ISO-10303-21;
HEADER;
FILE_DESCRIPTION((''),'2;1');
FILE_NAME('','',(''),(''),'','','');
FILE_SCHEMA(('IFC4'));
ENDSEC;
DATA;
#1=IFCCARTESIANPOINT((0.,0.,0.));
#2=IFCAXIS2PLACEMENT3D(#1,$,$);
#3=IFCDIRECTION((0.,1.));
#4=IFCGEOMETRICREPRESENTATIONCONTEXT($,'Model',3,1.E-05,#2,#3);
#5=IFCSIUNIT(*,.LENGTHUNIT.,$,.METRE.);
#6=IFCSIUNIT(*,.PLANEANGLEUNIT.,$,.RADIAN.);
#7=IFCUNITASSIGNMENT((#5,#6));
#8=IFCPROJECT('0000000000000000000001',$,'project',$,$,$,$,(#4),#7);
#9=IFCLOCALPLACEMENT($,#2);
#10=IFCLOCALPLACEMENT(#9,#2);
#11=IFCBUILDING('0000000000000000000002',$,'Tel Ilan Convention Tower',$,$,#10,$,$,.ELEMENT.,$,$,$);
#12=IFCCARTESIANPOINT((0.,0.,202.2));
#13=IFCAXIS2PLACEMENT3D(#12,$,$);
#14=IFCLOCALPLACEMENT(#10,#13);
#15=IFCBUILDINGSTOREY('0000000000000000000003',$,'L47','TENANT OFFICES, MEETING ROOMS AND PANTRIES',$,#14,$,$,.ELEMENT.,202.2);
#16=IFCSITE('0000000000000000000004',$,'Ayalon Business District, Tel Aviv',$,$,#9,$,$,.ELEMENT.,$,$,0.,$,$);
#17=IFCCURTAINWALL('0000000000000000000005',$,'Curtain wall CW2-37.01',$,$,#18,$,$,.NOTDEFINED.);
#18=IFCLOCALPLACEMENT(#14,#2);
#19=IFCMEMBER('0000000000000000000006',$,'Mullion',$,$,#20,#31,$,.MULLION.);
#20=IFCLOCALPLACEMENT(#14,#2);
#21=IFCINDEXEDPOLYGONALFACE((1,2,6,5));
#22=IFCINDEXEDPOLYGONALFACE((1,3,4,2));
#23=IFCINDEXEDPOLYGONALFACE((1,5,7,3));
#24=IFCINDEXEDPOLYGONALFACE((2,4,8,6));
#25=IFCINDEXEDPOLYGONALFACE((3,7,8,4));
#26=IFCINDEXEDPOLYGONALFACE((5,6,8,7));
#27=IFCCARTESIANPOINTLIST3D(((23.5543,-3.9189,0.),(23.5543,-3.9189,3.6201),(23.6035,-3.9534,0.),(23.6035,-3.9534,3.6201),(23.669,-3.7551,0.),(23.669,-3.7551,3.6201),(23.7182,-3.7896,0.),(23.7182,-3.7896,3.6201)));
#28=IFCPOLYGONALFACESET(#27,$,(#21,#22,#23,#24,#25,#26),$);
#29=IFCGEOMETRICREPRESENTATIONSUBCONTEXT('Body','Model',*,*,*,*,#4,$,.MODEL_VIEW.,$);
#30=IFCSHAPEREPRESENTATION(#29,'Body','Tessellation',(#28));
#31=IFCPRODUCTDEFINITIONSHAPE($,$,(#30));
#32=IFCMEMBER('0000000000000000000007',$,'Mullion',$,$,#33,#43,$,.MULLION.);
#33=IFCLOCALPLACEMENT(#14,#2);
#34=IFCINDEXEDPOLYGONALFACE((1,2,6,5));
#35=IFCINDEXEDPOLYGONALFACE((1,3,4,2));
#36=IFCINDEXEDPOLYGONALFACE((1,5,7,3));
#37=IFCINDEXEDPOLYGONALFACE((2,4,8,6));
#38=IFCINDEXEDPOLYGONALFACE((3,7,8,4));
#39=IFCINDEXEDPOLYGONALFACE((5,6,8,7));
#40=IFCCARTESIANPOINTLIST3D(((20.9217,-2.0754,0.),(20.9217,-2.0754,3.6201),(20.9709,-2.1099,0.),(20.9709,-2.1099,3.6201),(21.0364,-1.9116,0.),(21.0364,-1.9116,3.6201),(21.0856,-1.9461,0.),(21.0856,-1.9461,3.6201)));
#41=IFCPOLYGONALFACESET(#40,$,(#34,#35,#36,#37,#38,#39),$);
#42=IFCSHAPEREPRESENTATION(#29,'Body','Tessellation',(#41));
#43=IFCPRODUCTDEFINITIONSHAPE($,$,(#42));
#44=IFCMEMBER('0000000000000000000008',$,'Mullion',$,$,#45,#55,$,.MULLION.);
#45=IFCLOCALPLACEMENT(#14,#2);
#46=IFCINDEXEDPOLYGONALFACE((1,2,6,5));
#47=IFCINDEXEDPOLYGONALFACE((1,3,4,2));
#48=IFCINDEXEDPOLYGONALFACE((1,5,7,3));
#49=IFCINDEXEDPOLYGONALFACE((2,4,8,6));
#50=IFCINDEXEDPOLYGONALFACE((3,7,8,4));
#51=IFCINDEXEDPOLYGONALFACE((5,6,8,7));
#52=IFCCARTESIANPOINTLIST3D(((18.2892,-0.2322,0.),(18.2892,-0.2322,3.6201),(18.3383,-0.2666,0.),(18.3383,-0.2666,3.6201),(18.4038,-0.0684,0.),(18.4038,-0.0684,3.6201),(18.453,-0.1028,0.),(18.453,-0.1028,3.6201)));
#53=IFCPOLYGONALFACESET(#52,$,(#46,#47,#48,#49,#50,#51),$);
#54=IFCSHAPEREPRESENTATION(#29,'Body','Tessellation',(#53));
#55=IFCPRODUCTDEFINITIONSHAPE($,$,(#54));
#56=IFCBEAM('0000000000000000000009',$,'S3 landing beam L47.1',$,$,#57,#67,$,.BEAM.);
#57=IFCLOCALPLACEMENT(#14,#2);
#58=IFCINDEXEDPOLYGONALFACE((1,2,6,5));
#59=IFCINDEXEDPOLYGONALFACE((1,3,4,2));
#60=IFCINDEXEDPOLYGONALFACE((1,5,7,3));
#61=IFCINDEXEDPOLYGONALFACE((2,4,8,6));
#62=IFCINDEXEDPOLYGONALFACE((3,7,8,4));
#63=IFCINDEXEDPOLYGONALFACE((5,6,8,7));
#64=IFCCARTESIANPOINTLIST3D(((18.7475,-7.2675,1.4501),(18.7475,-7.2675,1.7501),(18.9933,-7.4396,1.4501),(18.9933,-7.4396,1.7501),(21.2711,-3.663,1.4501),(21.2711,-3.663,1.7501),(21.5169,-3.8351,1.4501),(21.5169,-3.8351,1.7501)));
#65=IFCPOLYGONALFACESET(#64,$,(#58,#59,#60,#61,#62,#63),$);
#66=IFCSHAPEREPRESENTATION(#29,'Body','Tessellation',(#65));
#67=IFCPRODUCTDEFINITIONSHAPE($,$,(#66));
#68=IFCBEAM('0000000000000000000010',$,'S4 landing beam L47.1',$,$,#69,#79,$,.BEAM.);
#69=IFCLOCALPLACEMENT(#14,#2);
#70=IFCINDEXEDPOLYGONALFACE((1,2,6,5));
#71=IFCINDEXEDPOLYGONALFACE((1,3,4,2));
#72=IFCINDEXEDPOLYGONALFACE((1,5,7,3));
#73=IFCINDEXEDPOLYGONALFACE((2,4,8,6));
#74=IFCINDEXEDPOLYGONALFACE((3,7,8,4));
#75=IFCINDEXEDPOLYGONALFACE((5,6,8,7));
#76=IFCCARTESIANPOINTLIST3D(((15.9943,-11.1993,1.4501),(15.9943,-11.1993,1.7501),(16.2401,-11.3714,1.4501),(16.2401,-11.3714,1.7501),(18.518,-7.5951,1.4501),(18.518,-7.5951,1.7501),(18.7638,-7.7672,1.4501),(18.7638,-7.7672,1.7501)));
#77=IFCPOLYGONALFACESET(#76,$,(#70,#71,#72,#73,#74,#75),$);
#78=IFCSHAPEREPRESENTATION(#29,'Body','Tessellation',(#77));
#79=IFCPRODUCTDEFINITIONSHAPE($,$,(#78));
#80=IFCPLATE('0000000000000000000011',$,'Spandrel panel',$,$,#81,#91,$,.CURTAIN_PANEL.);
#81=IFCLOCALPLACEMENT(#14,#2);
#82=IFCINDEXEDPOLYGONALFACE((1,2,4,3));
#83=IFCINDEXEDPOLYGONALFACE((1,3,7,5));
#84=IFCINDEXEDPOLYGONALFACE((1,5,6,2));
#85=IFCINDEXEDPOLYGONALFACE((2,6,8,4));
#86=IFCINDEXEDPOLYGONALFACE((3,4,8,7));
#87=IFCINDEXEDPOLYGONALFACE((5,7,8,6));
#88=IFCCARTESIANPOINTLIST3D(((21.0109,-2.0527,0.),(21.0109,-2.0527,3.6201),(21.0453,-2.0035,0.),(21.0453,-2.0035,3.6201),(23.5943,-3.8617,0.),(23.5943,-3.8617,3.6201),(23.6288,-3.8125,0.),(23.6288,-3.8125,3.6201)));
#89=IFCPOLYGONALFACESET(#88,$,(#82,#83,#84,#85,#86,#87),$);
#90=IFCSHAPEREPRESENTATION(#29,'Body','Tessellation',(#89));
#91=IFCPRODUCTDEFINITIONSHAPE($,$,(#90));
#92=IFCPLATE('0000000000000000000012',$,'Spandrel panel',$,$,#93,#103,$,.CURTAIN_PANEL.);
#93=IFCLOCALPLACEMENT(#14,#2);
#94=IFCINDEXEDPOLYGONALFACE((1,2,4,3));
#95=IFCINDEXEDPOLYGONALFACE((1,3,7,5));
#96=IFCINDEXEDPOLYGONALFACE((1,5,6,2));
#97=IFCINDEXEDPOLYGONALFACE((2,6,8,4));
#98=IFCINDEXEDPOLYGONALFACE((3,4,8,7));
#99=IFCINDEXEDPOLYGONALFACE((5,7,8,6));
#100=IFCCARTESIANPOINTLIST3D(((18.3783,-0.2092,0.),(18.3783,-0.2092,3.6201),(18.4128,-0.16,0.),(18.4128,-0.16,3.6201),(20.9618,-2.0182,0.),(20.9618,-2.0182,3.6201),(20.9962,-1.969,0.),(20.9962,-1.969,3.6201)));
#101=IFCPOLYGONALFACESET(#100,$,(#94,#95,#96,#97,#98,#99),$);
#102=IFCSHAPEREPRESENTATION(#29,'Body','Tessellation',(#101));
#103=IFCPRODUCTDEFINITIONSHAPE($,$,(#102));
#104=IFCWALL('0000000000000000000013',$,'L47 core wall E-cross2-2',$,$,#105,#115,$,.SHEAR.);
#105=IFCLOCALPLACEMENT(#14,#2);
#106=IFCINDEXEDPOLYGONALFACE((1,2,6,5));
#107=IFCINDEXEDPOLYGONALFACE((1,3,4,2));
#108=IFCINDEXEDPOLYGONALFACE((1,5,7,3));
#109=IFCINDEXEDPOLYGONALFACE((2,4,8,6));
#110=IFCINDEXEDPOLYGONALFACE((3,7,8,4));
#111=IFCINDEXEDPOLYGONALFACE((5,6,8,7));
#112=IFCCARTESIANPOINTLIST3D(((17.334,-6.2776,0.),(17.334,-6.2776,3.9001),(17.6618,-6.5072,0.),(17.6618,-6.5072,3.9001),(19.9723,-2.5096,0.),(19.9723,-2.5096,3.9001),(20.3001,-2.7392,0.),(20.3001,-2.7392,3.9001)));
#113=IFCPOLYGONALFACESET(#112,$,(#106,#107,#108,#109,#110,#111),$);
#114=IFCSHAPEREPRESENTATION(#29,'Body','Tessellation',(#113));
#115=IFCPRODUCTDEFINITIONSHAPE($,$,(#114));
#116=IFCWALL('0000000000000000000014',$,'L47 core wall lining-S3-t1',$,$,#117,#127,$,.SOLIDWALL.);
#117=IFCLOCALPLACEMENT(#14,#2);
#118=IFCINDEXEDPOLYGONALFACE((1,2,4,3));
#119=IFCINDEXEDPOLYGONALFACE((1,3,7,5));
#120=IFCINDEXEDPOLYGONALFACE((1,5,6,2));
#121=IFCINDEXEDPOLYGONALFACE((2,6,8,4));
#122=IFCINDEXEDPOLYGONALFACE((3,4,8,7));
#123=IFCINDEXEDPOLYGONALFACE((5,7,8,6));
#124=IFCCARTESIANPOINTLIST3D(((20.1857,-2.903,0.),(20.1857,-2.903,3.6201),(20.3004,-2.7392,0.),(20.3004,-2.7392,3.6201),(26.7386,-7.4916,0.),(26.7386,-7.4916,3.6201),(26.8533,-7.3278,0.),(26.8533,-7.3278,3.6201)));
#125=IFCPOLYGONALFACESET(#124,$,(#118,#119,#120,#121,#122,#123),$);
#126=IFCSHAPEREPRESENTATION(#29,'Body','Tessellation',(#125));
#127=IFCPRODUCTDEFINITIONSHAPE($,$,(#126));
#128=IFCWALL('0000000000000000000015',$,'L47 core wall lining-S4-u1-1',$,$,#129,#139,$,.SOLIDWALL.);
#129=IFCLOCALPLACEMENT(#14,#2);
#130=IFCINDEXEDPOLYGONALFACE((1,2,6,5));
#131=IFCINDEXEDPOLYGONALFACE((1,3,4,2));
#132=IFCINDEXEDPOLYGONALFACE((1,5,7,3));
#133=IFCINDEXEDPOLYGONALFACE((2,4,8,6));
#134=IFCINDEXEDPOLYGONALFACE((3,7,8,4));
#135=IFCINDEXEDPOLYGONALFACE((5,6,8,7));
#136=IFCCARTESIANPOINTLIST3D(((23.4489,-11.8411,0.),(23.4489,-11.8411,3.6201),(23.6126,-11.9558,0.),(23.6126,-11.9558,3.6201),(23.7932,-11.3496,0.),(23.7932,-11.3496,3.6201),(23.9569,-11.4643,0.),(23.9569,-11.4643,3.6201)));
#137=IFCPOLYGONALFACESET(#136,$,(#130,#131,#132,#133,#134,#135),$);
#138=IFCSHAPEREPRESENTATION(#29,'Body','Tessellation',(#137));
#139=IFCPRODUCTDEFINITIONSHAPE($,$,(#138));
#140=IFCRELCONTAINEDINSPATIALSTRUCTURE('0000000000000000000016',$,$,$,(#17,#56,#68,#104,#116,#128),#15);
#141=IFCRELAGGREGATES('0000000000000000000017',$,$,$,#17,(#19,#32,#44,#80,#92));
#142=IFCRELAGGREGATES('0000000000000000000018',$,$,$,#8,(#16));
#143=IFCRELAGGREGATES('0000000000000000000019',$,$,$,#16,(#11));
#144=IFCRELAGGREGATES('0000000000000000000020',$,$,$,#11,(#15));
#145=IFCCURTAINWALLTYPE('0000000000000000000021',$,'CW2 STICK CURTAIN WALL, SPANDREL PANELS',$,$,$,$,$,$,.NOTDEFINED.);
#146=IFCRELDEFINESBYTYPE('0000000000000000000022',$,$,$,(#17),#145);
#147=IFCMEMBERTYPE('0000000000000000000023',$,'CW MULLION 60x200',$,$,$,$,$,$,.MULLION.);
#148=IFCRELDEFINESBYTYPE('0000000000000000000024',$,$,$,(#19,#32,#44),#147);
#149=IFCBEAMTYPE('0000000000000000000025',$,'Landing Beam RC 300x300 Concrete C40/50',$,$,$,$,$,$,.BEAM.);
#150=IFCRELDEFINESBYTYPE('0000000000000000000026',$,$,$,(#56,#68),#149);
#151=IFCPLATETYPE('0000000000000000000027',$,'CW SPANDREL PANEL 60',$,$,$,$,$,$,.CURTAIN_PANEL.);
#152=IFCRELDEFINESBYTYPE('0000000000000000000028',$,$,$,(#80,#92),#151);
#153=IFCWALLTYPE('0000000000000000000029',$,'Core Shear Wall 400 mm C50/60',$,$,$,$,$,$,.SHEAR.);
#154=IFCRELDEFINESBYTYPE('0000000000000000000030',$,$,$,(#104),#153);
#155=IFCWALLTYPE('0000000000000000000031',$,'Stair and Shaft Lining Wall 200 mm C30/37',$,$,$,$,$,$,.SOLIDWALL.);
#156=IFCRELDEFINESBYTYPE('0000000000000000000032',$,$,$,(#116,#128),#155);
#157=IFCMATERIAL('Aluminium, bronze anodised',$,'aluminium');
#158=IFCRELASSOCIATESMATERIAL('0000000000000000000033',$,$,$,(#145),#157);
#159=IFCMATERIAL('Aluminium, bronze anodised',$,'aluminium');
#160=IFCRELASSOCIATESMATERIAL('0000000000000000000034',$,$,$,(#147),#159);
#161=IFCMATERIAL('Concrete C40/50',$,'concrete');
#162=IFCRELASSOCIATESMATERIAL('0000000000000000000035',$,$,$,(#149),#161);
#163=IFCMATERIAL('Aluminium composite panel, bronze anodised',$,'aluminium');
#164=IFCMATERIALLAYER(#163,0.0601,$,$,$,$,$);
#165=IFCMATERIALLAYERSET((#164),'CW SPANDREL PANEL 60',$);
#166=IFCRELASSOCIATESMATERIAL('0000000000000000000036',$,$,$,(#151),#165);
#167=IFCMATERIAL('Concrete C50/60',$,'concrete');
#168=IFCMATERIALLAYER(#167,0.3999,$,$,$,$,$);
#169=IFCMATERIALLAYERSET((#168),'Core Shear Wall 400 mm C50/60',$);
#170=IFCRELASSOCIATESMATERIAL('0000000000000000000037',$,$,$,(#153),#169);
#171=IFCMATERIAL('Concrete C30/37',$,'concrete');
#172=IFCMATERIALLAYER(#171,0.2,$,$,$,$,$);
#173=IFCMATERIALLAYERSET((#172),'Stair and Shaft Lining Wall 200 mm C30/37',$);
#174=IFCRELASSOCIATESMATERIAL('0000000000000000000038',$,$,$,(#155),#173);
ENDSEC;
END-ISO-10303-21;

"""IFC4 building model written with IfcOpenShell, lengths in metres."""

from ifc_helpers import new_model, si_unit, direction, frame, frame_2d, origin, origin_2d, place, context, subcontext, project, spatial, polyline, rectangle, outline, extrude, material, layer, layer_set, material_profile, profile_set, type_object, element, aggregate, save


model = new_model("IFC4")

# Units and contexts
model_context = context("Model", 3, precision=1e-05, world=origin(), true_north=direction((0.0, 1.0)))
body_context = subcontext(model_context, "Body", "Model", "MODEL_VIEW")
ifc_project = project(units=[si_unit("LENGTHUNIT", "METRE"), si_unit("PLANEANGLEUNIT", "RADIAN")], contexts=[model_context])

# Site, building, storey
site_placement = place(None, origin())
site = spatial("IfcSite", under=ifc_project, at=site_placement, Name="Ayalon Business District, Tel Aviv", CompositionType="ELEMENT", RefElevation=0.0)
building_placement = place(site_placement, origin())
building = spatial("IfcBuilding", under=site, at=building_placement, Name="Tel Ilan Convention Tower", CompositionType="ELEMENT")
storey_placement = place(building_placement, frame((0.0, 0.0, 202.2)))
storey = spatial("IfcBuildingStorey", under=building, at=storey_placement, Name="L47", Description="TENANT OFFICES, MEETING ROOMS AND PANTRIES", CompositionType="ELEMENT", Elevation=202.2)

# Curtain wall, members
ifc_material_1 = material(Name="Aluminium, bronze anodised", Category="aluminium")
curtain_wall_type = type_object("IfcCurtainWallType", Name="CW2 STICK CURTAIN WALL, SPANDREL PANELS", PredefinedType="NOTDEFINED", material=ifc_material_1)
curtain_wall_placement = place(storey_placement, origin())
curtain_wall = element("IfcCurtainWall", 1, at=curtain_wall_placement, inside=storey, type_object=curtain_wall_type, Name="Curtain wall CW2-37.01", PredefinedType="NOTDEFINED")
ifc_material_2 = material(Name="Aluminium, bronze anodised", Category="aluminium")
ifc_material_profile_1 = material_profile(ifc_material_2, rectangle(XDim=0.0601, YDim=0.2, at=origin_2d()), Name="CW MULLION 60x200")
ifc_profile_set_1 = profile_set([ifc_material_profile_1], Name="Aluminium, bronze anodised")
member_type = type_object("IfcMemberType", Name="CW MULLION 60x200", PredefinedType="MULLION", material=ifc_profile_set_1)
member_1_placement = place(storey_placement, frame((23.6362, -3.8542, 0.0), z_axis=(0.0, 0.0, 1.0), x_axis=(-0.819152, 0.573576, 0.0)))
member_1 = element("IfcMember", 2, at=member_1_placement, type_object=member_type, Name="Mullion", PredefinedType="MULLION", context=body_context, shape_type="SweptSolid", body=[
    extrude(rectangle(XDim=0.0601, YDim=0.2, at=origin_2d()), origin(), (0.0, 0.0, 1.0), 3.6201),
])
member_2_placement = place(storey_placement, frame((21.0037, -2.0107, 0.0), z_axis=(0.0, 0.0, 1.0), x_axis=(-0.819152, 0.573576, 0.0)))
member_2 = element("IfcMember", 3, at=member_2_placement, type_object=member_type, Name="Mullion", PredefinedType="MULLION", context=body_context, shape_type="SweptSolid", body=[
    extrude(rectangle(XDim=0.0601, YDim=0.2, at=origin_2d()), origin(), (0.0, 0.0, 1.0), 3.6201),
])
member_3_placement = place(storey_placement, frame((18.3711, -0.1675, 0.0), z_axis=(0.0, 0.0, 1.0), x_axis=(-0.819152, 0.573576, 0.0)))
member_3 = element("IfcMember", 4, at=member_3_placement, type_object=member_type, Name="Mullion", PredefinedType="MULLION", context=body_context, shape_type="SweptSolid", body=[
    extrude(rectangle(XDim=0.0601, YDim=0.2, at=origin_2d()), origin(), (0.0, 0.0, 1.0), 3.6201),
])

# Beams
ifc_material_3 = material(Name="Concrete C40/50", Category="concrete")
ifc_material_profile_2 = material_profile(ifc_material_3, rectangle(XDim=0.3, YDim=0.3, at=origin_2d()), Name="RC 300x300")
ifc_profile_set_2 = profile_set([ifc_material_profile_2], Name="Concrete C40/50")
beam_type = type_object("IfcBeamType", Name="Landing Beam RC 300x300 Concrete C40/50", PredefinedType="BEAM", material=ifc_profile_set_2)
beam_1_placement = place(storey_placement, frame((21.394, -3.749, 1.6001), z_axis=(-0.573544, -0.819175, 0.0), x_axis=(0.819175, -0.573544, 0.0)))
element("IfcBeam", 5, at=beam_1_placement, inside=storey, type_object=beam_type, Name="S3 landing beam L47.1", PredefinedType="BEAM", context=body_context, shape_type="SweptSolid", body=[
    extrude(rectangle(XDim=0.3, YDim=0.3, at=origin_2d()), origin(), (0.0, 0.0, 1.0), 4.4001),
])
beam_2_placement = place(storey_placement, frame((18.6409, -7.6812, 1.6001), z_axis=(-0.57357, -0.819156, 0.0), x_axis=(0.819156, -0.57357, 0.0)))
element("IfcBeam", 6, at=beam_2_placement, inside=storey, type_object=beam_type, Name="S4 landing beam L47.1", PredefinedType="BEAM", context=body_context, shape_type="SweptSolid", body=[
    extrude(rectangle(XDim=0.3, YDim=0.3, at=origin_2d()), origin(), (0.0, 0.0, 1.0), 4.3999),
])

# Plates
ifc_material_4 = material(Name="Aluminium composite panel, bronze anodised", Category="aluminium")
ifc_layer_1 = layer(ifc_material_4, 0.0601)
ifc_layer_set_1 = layer_set([ifc_layer_1], Name="CW SPANDREL PANEL 60")
plate_type = type_object("IfcPlateType", Name="CW SPANDREL PANEL 60", PredefinedType="CURTAIN_PANEL", material=ifc_layer_set_1)
plate_1_placement = place(storey_placement, frame((22.3198, -2.9326, 0.0), z_axis=(0.0, 0.0, 1.0), x_axis=(-0.819152, 0.573576, 0.0)))
plate_1 = element("IfcPlate", 7, at=plate_1_placement, type_object=plate_type, Name="Spandrel panel", PredefinedType="CURTAIN_PANEL", context=body_context, shape_type="SweptSolid", body=[
    extrude(rectangle(XDim=3.1538, YDim=0.0601, at=origin_2d()), origin(), (0.0, 0.0, 1.0), 3.6201),
])
plate_2_placement = place(storey_placement, frame((19.6873, -1.0891, 0.0), z_axis=(0.0, 0.0, 1.0), x_axis=(-0.819152, 0.573576, 0.0)))
plate_2 = element("IfcPlate", 8, at=plate_2_placement, type_object=plate_type, Name="Spandrel panel", PredefinedType="CURTAIN_PANEL", context=body_context, shape_type="SweptSolid", body=[
    extrude(rectangle(XDim=3.1538, YDim=0.0601, at=origin_2d()), origin(), (0.0, 0.0, 1.0), 3.6201),
])
aggregate(curtain_wall, [member_1, member_2, member_3, plate_1, plate_2])

# Walls
ifc_material_5 = material(Name="Concrete C50/60", Category="concrete")
ifc_layer_2 = layer(ifc_material_5, 0.3999)
ifc_layer_set_2 = layer_set([ifc_layer_2], Name="Core Shear Wall 400 mm C50/60")
wall_type_1 = type_object("IfcWallType", Name="Core Shear Wall 400 mm C50/60", PredefinedType="SHEAR", material=ifc_layer_set_2)
wall_1_placement = place(storey_placement, frame((17.4978, -6.3923, 0.0), z_axis=(0.0, 0.0, 1.0), x_axis=(0.573612, 0.819127, 0.0)))
element("IfcWall", 9, at=wall_1_placement, inside=storey, type_object=wall_type_1, Name="L47 core wall E-cross2-2", PredefinedType="SHEAR", context=body_context, shape_type="SweptSolid", body=[
    extrude(outline(polyline([(4.5999, -0.2), (4.5999, 0.2002), (0.0, 0.2), (0.0, -0.2002), (4.5999, -0.2)])), origin(), (0.0, 0.0, 1.0), 3.9001),
])
ifc_material_6 = material(Name="Concrete C30/37", Category="concrete")
ifc_layer_3 = layer(ifc_material_6, 0.2)
ifc_layer_set_3 = layer_set([ifc_layer_3], Name="Stair and Shaft Lining Wall 200 mm C30/37")
wall_type_2 = type_object("IfcWallType", Name="Stair and Shaft Lining Wall 200 mm C30/37", PredefinedType="SOLIDWALL", material=ifc_layer_set_3)
wall_2_placement = place(storey_placement, frame((20.2429, -2.821, 0.0), z_axis=(0.0, 0.0, 1.0), x_axis=(0.819142, -0.573591, 0.0)))
element("IfcWall", 10, at=wall_2_placement, inside=storey, type_object=wall_type_2, Name="L47 core wall lining-S3-t1", PredefinedType="SOLIDWALL", context=body_context, shape_type="SweptSolid", body=[
    extrude(rectangle(XDim=7.9998, YDim=0.2, at=frame_2d((4.0, 0.0))), origin(), (0.0, 0.0, 1.0), 3.6201),
])
wall_3_placement = place(storey_placement, frame((23.5308, -11.8984, 0.0), z_axis=(0.0, 0.0, 1.0), x_axis=(0.573708, 0.81906, 0.0)))
element("IfcWall", 11, at=wall_3_placement, inside=storey, type_object=wall_type_2, Name="L47 core wall lining-S4-u1-1", PredefinedType="SOLIDWALL", context=body_context, shape_type="SweptSolid", body=[
    extrude(rectangle(XDim=0.6001, YDim=0.2, at=frame_2d((0.3, 0.0))), origin(), (0.0, 0.0, 1.0), 3.6201),
])

save(model, "model.ifc")
